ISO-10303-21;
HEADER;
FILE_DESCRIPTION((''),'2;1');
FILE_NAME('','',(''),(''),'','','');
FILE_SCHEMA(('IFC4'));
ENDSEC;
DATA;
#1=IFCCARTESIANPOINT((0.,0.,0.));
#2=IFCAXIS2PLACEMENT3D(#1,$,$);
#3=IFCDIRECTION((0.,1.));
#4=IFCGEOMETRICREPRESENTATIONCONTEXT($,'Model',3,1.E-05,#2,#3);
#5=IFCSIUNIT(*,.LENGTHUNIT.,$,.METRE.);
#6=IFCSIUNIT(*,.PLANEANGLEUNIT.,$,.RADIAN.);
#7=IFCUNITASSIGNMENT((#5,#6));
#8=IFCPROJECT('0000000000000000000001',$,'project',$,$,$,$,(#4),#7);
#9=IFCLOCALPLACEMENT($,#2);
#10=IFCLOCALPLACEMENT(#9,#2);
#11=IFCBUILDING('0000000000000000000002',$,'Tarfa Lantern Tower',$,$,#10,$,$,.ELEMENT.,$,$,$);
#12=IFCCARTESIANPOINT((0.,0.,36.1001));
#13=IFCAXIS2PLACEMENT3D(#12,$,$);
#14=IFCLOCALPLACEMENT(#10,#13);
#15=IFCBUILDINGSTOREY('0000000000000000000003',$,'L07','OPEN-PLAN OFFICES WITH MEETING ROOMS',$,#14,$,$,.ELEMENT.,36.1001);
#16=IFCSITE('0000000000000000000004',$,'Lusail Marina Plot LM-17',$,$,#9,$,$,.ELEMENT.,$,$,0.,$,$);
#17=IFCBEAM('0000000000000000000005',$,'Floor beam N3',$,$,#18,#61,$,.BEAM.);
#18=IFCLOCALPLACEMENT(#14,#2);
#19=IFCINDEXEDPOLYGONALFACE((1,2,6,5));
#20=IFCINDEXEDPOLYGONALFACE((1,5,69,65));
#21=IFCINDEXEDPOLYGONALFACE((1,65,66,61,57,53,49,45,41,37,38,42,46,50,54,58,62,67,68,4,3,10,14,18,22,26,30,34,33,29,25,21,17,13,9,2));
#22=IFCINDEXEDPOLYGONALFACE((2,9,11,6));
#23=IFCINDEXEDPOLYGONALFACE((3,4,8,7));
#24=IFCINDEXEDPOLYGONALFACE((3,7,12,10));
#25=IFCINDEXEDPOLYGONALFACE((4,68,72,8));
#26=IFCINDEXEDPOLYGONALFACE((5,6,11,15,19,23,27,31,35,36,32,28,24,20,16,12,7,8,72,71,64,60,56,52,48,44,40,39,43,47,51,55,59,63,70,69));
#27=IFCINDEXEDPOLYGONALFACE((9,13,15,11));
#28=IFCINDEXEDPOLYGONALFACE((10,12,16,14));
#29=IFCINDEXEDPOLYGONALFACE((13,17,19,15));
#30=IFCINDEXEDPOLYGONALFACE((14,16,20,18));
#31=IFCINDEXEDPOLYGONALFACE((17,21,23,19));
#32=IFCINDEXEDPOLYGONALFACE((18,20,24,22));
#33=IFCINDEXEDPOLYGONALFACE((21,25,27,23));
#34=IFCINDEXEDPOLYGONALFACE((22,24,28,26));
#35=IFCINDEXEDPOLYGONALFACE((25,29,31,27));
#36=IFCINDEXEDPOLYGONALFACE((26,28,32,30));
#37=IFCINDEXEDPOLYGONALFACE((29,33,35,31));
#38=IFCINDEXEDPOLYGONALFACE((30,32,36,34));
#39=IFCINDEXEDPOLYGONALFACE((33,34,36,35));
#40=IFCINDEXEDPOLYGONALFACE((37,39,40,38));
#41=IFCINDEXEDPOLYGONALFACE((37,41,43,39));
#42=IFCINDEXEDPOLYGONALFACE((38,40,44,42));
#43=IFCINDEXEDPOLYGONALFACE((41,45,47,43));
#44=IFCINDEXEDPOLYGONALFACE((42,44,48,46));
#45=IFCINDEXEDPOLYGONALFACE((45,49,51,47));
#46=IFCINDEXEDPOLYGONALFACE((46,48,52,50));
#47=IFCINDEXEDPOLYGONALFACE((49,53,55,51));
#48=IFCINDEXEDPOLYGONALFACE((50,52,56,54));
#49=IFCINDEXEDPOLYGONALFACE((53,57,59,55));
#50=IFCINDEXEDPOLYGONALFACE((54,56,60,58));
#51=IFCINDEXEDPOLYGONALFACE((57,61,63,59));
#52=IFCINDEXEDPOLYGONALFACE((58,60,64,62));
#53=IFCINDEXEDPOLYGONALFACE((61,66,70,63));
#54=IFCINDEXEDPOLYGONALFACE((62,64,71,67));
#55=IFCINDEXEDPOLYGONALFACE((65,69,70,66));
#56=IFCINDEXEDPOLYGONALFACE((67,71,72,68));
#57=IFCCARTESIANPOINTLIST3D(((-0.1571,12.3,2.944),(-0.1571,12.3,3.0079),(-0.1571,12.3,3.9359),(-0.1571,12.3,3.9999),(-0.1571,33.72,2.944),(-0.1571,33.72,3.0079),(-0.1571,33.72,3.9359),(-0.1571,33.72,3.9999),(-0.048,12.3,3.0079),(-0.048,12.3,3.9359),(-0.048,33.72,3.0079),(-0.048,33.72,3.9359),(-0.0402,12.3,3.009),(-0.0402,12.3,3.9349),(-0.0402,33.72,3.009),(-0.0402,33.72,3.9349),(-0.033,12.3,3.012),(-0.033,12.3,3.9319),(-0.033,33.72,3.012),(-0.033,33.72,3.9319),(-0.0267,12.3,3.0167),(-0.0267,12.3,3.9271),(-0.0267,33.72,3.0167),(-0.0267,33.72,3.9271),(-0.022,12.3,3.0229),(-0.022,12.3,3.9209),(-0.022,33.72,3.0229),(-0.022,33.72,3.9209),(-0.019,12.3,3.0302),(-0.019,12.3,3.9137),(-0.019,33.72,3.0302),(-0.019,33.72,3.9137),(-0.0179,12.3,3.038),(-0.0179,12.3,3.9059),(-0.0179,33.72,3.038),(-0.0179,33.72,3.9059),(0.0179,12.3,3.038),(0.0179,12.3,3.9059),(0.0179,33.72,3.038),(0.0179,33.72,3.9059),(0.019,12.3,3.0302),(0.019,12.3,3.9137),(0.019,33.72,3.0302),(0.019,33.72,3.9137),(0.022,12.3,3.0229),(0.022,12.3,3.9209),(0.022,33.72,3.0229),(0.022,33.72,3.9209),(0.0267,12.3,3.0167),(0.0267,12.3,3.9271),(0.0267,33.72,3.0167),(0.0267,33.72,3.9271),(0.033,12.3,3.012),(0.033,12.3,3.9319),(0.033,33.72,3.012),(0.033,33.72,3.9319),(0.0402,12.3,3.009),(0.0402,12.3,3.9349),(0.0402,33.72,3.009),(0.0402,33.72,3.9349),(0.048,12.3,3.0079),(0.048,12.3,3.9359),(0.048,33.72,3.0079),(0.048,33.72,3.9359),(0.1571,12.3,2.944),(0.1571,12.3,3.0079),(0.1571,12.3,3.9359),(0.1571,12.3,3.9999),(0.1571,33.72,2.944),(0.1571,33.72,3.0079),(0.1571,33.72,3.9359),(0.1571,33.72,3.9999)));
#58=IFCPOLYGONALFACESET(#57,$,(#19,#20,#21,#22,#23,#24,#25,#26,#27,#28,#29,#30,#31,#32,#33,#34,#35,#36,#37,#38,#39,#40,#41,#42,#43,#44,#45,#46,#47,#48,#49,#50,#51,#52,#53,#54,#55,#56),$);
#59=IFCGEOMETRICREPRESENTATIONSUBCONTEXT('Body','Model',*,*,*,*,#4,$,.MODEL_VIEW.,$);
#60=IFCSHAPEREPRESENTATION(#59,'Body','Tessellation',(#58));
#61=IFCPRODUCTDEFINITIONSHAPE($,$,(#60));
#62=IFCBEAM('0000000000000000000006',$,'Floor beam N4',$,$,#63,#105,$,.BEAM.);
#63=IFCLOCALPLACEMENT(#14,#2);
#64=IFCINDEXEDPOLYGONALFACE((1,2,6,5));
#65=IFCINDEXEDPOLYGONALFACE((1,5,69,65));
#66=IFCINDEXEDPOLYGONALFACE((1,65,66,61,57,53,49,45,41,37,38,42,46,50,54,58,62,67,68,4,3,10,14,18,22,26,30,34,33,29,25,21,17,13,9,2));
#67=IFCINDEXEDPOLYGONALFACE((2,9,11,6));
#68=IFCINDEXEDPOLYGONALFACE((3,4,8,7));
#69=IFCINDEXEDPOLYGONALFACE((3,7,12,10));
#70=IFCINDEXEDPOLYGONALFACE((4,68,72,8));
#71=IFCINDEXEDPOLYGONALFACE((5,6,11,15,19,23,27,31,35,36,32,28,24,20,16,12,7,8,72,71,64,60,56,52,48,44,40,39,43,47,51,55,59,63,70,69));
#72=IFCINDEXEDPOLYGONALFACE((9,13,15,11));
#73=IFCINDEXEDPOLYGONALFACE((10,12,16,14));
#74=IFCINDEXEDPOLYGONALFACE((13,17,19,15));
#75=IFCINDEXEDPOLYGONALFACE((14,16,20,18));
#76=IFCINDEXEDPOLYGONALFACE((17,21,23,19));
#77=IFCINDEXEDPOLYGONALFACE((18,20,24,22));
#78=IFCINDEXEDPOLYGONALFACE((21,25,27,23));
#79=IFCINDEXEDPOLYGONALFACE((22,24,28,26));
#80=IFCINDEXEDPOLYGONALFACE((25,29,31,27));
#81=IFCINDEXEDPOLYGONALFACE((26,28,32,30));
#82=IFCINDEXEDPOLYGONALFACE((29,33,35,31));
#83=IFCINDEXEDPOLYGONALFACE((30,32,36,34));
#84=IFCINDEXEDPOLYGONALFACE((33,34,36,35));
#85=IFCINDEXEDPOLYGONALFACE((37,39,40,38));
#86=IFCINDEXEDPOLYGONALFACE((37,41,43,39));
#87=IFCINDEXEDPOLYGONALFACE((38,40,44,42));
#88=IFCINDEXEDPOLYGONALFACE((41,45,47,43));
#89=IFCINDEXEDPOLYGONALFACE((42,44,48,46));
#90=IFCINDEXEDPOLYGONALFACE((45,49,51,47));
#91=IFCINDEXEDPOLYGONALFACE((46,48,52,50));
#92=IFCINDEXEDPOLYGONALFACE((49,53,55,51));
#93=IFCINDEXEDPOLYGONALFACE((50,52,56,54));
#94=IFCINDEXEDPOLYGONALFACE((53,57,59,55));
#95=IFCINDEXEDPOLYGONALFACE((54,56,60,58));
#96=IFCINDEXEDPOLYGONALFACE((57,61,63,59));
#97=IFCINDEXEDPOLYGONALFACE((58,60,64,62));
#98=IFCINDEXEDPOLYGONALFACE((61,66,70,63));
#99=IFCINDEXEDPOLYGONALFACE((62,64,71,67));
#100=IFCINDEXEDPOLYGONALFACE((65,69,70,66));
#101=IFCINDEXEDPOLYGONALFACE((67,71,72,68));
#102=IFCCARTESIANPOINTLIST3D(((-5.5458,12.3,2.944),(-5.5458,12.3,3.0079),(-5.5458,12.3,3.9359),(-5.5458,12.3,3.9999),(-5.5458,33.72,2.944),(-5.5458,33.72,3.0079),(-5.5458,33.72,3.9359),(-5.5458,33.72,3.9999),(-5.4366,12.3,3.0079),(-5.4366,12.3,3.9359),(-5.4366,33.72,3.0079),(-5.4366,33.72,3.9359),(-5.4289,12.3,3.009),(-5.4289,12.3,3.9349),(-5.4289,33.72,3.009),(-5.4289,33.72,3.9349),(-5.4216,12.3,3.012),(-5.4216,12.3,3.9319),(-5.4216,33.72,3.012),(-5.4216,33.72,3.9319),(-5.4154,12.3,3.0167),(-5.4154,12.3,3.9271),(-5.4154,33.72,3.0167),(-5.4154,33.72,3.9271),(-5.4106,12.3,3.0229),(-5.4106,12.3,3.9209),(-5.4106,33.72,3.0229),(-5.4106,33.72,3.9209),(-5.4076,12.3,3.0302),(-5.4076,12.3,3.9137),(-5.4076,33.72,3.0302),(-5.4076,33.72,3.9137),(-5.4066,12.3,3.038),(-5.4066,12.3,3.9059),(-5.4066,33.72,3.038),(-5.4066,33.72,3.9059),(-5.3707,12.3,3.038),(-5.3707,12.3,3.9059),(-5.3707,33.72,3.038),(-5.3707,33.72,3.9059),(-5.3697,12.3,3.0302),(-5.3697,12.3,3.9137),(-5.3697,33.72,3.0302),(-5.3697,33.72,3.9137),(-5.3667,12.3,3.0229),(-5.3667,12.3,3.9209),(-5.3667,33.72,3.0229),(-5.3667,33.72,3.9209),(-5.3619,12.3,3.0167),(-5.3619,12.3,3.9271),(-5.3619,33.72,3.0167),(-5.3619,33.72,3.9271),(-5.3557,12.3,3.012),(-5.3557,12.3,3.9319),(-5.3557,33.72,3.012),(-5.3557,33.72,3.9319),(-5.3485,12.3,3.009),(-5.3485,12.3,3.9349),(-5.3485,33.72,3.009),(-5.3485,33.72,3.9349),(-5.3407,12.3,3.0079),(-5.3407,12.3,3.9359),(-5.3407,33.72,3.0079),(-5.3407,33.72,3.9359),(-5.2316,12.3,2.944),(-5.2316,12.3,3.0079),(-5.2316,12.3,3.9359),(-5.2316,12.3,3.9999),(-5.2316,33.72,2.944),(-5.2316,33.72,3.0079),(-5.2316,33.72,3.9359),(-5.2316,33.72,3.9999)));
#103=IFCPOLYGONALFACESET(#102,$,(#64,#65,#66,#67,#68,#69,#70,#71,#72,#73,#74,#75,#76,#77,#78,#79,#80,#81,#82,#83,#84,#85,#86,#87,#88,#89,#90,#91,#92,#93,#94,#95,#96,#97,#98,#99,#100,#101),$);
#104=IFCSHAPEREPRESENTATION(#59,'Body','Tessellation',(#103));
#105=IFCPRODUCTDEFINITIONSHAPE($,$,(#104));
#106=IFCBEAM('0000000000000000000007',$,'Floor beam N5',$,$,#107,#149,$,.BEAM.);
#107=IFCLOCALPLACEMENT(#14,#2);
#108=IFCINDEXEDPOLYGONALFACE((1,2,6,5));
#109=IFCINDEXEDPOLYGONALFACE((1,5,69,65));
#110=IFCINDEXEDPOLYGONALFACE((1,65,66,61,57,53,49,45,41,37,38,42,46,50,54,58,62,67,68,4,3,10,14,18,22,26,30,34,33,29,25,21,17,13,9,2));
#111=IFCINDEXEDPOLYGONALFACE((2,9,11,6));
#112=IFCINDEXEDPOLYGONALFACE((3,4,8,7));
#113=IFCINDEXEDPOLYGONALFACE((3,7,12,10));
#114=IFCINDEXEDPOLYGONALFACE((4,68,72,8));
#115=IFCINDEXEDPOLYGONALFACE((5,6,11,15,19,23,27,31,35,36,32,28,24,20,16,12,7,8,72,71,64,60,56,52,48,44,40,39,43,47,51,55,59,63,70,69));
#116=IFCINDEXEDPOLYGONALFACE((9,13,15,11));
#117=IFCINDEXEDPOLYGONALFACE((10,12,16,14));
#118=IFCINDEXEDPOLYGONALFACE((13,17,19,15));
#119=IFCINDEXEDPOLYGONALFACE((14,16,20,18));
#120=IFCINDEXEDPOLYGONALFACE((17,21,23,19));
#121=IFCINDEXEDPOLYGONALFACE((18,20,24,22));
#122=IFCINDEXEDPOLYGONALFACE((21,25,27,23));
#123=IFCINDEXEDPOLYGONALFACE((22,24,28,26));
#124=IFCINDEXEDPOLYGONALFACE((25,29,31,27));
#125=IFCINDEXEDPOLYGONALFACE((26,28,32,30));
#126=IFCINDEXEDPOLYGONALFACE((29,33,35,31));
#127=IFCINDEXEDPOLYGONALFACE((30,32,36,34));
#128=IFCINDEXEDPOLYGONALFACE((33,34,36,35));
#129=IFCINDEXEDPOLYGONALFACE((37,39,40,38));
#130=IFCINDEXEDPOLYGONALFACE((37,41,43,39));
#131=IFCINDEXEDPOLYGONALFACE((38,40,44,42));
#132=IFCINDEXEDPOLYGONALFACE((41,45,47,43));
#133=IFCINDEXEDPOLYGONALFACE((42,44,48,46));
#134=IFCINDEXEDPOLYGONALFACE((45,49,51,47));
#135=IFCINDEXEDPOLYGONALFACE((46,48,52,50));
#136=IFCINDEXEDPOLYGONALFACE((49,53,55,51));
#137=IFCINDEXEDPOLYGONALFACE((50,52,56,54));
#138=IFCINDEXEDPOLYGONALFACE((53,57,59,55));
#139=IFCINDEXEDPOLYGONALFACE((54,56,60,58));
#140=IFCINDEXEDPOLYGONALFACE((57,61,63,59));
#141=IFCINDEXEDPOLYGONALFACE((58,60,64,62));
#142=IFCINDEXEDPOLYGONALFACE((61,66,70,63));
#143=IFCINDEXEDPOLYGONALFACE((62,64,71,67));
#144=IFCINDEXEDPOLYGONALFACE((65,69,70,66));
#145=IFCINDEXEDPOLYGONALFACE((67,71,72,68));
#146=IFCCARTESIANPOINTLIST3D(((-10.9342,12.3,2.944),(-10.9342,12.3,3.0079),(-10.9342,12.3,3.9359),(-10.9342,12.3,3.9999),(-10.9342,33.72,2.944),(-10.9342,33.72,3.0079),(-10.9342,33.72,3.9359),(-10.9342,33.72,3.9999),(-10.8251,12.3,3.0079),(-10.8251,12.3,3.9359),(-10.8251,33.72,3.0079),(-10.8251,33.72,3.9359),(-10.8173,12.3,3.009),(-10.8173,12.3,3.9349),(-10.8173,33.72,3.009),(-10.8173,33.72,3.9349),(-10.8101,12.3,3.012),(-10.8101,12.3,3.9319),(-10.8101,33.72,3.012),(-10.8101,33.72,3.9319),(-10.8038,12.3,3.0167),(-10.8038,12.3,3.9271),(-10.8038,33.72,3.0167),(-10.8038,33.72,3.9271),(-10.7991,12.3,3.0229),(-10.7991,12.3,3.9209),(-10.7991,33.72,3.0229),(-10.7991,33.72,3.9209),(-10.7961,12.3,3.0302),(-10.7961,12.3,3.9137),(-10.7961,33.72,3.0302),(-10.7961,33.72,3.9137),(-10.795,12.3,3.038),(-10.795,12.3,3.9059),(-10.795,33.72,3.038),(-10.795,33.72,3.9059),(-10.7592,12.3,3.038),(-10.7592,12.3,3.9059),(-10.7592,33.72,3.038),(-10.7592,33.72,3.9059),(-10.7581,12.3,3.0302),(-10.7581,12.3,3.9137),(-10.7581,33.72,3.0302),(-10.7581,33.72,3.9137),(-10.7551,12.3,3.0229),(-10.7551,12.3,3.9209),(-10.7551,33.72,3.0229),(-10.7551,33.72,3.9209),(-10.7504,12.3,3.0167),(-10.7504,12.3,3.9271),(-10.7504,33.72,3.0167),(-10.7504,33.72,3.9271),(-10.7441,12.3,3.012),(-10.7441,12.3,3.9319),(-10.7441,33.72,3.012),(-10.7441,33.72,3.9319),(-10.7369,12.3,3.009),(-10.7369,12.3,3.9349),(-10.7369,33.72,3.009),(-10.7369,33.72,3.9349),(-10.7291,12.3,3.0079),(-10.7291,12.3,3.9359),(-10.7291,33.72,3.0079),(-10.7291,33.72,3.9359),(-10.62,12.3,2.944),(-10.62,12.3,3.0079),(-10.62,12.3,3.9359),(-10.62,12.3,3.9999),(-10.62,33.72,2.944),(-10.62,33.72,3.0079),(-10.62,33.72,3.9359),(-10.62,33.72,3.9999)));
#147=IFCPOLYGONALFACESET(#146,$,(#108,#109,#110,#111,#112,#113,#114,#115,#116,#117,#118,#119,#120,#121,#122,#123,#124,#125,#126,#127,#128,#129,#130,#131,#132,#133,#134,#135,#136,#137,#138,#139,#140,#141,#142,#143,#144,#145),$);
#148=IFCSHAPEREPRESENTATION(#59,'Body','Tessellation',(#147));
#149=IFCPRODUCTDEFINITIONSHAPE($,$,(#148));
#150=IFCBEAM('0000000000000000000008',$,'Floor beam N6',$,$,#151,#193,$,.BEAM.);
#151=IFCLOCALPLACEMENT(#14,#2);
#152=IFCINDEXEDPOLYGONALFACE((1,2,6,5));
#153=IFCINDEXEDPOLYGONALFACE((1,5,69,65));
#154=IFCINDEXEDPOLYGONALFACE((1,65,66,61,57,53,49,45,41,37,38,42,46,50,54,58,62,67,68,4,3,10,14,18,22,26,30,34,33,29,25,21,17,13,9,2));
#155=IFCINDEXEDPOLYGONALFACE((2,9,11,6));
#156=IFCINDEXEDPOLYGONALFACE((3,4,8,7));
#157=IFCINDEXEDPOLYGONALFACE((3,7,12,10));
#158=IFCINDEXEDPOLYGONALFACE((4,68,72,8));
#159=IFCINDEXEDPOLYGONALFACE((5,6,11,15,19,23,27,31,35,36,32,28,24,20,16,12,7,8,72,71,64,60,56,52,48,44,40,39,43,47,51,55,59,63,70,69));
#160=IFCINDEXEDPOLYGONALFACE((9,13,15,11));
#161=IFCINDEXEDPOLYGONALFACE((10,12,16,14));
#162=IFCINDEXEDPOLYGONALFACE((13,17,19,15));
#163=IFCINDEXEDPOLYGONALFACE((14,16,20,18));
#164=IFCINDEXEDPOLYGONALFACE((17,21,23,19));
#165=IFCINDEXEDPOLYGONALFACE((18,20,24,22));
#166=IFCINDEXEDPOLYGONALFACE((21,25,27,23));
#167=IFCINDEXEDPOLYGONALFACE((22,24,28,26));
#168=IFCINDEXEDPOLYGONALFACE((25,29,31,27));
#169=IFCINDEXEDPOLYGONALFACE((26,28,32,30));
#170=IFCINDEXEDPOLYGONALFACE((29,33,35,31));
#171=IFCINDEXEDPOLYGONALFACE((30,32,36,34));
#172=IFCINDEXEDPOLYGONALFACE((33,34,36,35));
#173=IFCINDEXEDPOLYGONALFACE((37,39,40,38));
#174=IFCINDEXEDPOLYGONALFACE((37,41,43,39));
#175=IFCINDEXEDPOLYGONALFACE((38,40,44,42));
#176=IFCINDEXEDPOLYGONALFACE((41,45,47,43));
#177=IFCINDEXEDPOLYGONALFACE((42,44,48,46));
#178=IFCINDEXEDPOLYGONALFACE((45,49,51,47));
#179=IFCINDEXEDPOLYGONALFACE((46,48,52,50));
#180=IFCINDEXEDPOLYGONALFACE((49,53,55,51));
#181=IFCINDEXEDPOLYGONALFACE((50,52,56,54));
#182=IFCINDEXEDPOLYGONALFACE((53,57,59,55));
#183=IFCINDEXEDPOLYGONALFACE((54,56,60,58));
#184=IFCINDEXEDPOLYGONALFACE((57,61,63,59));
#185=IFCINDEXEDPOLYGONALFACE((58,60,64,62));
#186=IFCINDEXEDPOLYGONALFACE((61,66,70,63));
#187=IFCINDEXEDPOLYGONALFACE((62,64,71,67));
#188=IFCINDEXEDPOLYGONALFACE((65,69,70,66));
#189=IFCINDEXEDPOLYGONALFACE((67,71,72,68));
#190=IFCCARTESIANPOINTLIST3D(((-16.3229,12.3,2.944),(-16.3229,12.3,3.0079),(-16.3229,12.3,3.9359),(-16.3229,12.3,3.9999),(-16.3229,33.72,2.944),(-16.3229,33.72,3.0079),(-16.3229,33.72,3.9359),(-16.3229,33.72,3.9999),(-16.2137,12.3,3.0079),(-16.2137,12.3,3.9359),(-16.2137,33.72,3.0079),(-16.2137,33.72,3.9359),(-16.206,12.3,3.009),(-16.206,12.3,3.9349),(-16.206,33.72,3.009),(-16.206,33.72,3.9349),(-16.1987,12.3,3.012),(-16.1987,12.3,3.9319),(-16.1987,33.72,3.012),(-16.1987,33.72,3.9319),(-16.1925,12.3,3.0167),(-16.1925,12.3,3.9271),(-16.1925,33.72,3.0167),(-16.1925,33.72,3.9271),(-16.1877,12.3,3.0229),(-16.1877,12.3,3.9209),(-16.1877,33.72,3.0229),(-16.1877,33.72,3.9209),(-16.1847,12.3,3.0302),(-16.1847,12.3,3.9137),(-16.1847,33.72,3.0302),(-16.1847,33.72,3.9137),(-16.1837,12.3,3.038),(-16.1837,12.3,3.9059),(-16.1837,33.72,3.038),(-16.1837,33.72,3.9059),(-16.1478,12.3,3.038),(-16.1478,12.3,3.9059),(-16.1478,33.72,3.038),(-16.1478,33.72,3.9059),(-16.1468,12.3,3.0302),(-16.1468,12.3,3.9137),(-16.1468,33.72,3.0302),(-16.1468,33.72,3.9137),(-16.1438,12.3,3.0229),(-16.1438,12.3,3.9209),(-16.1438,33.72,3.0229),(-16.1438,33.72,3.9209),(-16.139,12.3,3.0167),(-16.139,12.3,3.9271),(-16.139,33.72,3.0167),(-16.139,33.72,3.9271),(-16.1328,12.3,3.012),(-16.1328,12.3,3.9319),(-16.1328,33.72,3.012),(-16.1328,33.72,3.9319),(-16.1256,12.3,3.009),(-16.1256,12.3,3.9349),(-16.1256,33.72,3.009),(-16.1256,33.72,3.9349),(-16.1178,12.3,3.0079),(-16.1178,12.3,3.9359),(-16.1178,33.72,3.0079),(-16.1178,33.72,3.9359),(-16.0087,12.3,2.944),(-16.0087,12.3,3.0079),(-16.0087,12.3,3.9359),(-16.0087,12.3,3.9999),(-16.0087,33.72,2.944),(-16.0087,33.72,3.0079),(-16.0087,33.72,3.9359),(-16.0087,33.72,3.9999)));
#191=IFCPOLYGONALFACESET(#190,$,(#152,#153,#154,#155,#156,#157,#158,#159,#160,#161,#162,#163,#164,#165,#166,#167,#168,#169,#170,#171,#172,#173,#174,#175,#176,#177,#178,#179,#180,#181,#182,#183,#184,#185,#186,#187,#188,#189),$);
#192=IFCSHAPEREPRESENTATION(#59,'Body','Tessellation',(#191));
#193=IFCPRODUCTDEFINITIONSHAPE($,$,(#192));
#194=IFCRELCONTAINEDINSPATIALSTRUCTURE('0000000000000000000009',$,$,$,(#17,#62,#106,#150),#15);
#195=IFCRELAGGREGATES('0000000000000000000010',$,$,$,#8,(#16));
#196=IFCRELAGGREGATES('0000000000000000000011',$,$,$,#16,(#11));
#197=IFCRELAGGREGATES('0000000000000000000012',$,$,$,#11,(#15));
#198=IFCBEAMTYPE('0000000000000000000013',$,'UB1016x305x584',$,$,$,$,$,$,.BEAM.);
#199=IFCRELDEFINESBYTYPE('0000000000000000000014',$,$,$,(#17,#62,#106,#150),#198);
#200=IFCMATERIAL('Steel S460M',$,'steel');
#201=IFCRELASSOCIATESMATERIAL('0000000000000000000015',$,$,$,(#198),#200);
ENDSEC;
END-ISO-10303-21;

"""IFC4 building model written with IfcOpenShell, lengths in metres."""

from ifc_helpers import new_model, si_unit, direction, frame, origin, origin_2d, place, context, subcontext, project, spatial, i_section, extrude, material, material_profile, profile_set, type_object, element, save


model = new_model("IFC4")

# Units and contexts
model_context = context("Model", 3, precision=1e-05, world=origin(), true_north=direction((0.0, 1.0)))
body_context = subcontext(model_context, "Body", "Model", "MODEL_VIEW")
ifc_project = project(units=[si_unit("LENGTHUNIT", "METRE"), si_unit("PLANEANGLEUNIT", "RADIAN")], contexts=[model_context])

# Site, building, storey
site_placement = place(None, origin())
site = spatial("IfcSite", under=ifc_project, at=site_placement, Name="Lusail Marina Plot LM-17", CompositionType="ELEMENT", RefElevation=0.0)
building_placement = place(site_placement, origin())
building = spatial("IfcBuilding", under=site, at=building_placement, Name="Tarfa Lantern Tower", CompositionType="ELEMENT")
storey_placement = place(building_placement, frame((0.0, 0.0, 36.1001)))
storey = spatial("IfcBuildingStorey", under=building, at=storey_placement, Name="L07", Description="OPEN-PLAN OFFICES WITH MEETING ROOMS", CompositionType="ELEMENT", Elevation=36.1001)

# Beams
ifc_material_1 = material(Name="Steel S460M", Category="steel")
ifc_material_profile_1 = material_profile(ifc_material_1, i_section(OverallWidth=0.3142, OverallDepth=1.0559, WebThickness=0.0359, FlangeThickness=0.064, FilletRadius=0.03, at=origin_2d()), Name="UB1016x305x584")
ifc_profile_set_1 = profile_set([ifc_material_profile_1], Name="Steel S460M")
beam_type_1 = type_object("IfcBeamType", Name="UB1016x305x584", PredefinedType="BEAM", material=ifc_profile_set_1)
for number, where, z_axis, x_axis, name in (
    (1, (0.0, 33.72, 3.4719), (0.0, -1.0, 0.0), (1.0, 0.0, 0.0), "Floor beam N3"),
    (2, (-5.3887, 33.72, 3.4719), (0.0, -1.0, 0.0), (1.0, 0.0, 0.0), "Floor beam N4"),
    (3, (-10.7771, 33.72, 3.4719), (0.0, -1.0, 0.0), (1.0, 0.0, 0.0), "Floor beam N5"),
    (4, (-16.1658, 33.72, 3.4719), (0.0, -1.0, 0.0), (1.0, 0.0, 0.0), "Floor beam N6"),
):
    element("IfcBeam", number, at=place(storey_placement, frame(where, z_axis=z_axis, x_axis=x_axis)), inside=storey, type_object=beam_type_1, Name=name, PredefinedType="BEAM", context=body_context, shape_type="SweptSolid", body=[
        extrude(i_section(OverallWidth=0.3142, OverallDepth=1.0559, WebThickness=0.0359, FlangeThickness=0.064, FilletRadius=0.03, at=origin_2d()), origin(), (0.0, 0.0, 1.0), 21.4199),
    ])

save(model, "model.ifc")
